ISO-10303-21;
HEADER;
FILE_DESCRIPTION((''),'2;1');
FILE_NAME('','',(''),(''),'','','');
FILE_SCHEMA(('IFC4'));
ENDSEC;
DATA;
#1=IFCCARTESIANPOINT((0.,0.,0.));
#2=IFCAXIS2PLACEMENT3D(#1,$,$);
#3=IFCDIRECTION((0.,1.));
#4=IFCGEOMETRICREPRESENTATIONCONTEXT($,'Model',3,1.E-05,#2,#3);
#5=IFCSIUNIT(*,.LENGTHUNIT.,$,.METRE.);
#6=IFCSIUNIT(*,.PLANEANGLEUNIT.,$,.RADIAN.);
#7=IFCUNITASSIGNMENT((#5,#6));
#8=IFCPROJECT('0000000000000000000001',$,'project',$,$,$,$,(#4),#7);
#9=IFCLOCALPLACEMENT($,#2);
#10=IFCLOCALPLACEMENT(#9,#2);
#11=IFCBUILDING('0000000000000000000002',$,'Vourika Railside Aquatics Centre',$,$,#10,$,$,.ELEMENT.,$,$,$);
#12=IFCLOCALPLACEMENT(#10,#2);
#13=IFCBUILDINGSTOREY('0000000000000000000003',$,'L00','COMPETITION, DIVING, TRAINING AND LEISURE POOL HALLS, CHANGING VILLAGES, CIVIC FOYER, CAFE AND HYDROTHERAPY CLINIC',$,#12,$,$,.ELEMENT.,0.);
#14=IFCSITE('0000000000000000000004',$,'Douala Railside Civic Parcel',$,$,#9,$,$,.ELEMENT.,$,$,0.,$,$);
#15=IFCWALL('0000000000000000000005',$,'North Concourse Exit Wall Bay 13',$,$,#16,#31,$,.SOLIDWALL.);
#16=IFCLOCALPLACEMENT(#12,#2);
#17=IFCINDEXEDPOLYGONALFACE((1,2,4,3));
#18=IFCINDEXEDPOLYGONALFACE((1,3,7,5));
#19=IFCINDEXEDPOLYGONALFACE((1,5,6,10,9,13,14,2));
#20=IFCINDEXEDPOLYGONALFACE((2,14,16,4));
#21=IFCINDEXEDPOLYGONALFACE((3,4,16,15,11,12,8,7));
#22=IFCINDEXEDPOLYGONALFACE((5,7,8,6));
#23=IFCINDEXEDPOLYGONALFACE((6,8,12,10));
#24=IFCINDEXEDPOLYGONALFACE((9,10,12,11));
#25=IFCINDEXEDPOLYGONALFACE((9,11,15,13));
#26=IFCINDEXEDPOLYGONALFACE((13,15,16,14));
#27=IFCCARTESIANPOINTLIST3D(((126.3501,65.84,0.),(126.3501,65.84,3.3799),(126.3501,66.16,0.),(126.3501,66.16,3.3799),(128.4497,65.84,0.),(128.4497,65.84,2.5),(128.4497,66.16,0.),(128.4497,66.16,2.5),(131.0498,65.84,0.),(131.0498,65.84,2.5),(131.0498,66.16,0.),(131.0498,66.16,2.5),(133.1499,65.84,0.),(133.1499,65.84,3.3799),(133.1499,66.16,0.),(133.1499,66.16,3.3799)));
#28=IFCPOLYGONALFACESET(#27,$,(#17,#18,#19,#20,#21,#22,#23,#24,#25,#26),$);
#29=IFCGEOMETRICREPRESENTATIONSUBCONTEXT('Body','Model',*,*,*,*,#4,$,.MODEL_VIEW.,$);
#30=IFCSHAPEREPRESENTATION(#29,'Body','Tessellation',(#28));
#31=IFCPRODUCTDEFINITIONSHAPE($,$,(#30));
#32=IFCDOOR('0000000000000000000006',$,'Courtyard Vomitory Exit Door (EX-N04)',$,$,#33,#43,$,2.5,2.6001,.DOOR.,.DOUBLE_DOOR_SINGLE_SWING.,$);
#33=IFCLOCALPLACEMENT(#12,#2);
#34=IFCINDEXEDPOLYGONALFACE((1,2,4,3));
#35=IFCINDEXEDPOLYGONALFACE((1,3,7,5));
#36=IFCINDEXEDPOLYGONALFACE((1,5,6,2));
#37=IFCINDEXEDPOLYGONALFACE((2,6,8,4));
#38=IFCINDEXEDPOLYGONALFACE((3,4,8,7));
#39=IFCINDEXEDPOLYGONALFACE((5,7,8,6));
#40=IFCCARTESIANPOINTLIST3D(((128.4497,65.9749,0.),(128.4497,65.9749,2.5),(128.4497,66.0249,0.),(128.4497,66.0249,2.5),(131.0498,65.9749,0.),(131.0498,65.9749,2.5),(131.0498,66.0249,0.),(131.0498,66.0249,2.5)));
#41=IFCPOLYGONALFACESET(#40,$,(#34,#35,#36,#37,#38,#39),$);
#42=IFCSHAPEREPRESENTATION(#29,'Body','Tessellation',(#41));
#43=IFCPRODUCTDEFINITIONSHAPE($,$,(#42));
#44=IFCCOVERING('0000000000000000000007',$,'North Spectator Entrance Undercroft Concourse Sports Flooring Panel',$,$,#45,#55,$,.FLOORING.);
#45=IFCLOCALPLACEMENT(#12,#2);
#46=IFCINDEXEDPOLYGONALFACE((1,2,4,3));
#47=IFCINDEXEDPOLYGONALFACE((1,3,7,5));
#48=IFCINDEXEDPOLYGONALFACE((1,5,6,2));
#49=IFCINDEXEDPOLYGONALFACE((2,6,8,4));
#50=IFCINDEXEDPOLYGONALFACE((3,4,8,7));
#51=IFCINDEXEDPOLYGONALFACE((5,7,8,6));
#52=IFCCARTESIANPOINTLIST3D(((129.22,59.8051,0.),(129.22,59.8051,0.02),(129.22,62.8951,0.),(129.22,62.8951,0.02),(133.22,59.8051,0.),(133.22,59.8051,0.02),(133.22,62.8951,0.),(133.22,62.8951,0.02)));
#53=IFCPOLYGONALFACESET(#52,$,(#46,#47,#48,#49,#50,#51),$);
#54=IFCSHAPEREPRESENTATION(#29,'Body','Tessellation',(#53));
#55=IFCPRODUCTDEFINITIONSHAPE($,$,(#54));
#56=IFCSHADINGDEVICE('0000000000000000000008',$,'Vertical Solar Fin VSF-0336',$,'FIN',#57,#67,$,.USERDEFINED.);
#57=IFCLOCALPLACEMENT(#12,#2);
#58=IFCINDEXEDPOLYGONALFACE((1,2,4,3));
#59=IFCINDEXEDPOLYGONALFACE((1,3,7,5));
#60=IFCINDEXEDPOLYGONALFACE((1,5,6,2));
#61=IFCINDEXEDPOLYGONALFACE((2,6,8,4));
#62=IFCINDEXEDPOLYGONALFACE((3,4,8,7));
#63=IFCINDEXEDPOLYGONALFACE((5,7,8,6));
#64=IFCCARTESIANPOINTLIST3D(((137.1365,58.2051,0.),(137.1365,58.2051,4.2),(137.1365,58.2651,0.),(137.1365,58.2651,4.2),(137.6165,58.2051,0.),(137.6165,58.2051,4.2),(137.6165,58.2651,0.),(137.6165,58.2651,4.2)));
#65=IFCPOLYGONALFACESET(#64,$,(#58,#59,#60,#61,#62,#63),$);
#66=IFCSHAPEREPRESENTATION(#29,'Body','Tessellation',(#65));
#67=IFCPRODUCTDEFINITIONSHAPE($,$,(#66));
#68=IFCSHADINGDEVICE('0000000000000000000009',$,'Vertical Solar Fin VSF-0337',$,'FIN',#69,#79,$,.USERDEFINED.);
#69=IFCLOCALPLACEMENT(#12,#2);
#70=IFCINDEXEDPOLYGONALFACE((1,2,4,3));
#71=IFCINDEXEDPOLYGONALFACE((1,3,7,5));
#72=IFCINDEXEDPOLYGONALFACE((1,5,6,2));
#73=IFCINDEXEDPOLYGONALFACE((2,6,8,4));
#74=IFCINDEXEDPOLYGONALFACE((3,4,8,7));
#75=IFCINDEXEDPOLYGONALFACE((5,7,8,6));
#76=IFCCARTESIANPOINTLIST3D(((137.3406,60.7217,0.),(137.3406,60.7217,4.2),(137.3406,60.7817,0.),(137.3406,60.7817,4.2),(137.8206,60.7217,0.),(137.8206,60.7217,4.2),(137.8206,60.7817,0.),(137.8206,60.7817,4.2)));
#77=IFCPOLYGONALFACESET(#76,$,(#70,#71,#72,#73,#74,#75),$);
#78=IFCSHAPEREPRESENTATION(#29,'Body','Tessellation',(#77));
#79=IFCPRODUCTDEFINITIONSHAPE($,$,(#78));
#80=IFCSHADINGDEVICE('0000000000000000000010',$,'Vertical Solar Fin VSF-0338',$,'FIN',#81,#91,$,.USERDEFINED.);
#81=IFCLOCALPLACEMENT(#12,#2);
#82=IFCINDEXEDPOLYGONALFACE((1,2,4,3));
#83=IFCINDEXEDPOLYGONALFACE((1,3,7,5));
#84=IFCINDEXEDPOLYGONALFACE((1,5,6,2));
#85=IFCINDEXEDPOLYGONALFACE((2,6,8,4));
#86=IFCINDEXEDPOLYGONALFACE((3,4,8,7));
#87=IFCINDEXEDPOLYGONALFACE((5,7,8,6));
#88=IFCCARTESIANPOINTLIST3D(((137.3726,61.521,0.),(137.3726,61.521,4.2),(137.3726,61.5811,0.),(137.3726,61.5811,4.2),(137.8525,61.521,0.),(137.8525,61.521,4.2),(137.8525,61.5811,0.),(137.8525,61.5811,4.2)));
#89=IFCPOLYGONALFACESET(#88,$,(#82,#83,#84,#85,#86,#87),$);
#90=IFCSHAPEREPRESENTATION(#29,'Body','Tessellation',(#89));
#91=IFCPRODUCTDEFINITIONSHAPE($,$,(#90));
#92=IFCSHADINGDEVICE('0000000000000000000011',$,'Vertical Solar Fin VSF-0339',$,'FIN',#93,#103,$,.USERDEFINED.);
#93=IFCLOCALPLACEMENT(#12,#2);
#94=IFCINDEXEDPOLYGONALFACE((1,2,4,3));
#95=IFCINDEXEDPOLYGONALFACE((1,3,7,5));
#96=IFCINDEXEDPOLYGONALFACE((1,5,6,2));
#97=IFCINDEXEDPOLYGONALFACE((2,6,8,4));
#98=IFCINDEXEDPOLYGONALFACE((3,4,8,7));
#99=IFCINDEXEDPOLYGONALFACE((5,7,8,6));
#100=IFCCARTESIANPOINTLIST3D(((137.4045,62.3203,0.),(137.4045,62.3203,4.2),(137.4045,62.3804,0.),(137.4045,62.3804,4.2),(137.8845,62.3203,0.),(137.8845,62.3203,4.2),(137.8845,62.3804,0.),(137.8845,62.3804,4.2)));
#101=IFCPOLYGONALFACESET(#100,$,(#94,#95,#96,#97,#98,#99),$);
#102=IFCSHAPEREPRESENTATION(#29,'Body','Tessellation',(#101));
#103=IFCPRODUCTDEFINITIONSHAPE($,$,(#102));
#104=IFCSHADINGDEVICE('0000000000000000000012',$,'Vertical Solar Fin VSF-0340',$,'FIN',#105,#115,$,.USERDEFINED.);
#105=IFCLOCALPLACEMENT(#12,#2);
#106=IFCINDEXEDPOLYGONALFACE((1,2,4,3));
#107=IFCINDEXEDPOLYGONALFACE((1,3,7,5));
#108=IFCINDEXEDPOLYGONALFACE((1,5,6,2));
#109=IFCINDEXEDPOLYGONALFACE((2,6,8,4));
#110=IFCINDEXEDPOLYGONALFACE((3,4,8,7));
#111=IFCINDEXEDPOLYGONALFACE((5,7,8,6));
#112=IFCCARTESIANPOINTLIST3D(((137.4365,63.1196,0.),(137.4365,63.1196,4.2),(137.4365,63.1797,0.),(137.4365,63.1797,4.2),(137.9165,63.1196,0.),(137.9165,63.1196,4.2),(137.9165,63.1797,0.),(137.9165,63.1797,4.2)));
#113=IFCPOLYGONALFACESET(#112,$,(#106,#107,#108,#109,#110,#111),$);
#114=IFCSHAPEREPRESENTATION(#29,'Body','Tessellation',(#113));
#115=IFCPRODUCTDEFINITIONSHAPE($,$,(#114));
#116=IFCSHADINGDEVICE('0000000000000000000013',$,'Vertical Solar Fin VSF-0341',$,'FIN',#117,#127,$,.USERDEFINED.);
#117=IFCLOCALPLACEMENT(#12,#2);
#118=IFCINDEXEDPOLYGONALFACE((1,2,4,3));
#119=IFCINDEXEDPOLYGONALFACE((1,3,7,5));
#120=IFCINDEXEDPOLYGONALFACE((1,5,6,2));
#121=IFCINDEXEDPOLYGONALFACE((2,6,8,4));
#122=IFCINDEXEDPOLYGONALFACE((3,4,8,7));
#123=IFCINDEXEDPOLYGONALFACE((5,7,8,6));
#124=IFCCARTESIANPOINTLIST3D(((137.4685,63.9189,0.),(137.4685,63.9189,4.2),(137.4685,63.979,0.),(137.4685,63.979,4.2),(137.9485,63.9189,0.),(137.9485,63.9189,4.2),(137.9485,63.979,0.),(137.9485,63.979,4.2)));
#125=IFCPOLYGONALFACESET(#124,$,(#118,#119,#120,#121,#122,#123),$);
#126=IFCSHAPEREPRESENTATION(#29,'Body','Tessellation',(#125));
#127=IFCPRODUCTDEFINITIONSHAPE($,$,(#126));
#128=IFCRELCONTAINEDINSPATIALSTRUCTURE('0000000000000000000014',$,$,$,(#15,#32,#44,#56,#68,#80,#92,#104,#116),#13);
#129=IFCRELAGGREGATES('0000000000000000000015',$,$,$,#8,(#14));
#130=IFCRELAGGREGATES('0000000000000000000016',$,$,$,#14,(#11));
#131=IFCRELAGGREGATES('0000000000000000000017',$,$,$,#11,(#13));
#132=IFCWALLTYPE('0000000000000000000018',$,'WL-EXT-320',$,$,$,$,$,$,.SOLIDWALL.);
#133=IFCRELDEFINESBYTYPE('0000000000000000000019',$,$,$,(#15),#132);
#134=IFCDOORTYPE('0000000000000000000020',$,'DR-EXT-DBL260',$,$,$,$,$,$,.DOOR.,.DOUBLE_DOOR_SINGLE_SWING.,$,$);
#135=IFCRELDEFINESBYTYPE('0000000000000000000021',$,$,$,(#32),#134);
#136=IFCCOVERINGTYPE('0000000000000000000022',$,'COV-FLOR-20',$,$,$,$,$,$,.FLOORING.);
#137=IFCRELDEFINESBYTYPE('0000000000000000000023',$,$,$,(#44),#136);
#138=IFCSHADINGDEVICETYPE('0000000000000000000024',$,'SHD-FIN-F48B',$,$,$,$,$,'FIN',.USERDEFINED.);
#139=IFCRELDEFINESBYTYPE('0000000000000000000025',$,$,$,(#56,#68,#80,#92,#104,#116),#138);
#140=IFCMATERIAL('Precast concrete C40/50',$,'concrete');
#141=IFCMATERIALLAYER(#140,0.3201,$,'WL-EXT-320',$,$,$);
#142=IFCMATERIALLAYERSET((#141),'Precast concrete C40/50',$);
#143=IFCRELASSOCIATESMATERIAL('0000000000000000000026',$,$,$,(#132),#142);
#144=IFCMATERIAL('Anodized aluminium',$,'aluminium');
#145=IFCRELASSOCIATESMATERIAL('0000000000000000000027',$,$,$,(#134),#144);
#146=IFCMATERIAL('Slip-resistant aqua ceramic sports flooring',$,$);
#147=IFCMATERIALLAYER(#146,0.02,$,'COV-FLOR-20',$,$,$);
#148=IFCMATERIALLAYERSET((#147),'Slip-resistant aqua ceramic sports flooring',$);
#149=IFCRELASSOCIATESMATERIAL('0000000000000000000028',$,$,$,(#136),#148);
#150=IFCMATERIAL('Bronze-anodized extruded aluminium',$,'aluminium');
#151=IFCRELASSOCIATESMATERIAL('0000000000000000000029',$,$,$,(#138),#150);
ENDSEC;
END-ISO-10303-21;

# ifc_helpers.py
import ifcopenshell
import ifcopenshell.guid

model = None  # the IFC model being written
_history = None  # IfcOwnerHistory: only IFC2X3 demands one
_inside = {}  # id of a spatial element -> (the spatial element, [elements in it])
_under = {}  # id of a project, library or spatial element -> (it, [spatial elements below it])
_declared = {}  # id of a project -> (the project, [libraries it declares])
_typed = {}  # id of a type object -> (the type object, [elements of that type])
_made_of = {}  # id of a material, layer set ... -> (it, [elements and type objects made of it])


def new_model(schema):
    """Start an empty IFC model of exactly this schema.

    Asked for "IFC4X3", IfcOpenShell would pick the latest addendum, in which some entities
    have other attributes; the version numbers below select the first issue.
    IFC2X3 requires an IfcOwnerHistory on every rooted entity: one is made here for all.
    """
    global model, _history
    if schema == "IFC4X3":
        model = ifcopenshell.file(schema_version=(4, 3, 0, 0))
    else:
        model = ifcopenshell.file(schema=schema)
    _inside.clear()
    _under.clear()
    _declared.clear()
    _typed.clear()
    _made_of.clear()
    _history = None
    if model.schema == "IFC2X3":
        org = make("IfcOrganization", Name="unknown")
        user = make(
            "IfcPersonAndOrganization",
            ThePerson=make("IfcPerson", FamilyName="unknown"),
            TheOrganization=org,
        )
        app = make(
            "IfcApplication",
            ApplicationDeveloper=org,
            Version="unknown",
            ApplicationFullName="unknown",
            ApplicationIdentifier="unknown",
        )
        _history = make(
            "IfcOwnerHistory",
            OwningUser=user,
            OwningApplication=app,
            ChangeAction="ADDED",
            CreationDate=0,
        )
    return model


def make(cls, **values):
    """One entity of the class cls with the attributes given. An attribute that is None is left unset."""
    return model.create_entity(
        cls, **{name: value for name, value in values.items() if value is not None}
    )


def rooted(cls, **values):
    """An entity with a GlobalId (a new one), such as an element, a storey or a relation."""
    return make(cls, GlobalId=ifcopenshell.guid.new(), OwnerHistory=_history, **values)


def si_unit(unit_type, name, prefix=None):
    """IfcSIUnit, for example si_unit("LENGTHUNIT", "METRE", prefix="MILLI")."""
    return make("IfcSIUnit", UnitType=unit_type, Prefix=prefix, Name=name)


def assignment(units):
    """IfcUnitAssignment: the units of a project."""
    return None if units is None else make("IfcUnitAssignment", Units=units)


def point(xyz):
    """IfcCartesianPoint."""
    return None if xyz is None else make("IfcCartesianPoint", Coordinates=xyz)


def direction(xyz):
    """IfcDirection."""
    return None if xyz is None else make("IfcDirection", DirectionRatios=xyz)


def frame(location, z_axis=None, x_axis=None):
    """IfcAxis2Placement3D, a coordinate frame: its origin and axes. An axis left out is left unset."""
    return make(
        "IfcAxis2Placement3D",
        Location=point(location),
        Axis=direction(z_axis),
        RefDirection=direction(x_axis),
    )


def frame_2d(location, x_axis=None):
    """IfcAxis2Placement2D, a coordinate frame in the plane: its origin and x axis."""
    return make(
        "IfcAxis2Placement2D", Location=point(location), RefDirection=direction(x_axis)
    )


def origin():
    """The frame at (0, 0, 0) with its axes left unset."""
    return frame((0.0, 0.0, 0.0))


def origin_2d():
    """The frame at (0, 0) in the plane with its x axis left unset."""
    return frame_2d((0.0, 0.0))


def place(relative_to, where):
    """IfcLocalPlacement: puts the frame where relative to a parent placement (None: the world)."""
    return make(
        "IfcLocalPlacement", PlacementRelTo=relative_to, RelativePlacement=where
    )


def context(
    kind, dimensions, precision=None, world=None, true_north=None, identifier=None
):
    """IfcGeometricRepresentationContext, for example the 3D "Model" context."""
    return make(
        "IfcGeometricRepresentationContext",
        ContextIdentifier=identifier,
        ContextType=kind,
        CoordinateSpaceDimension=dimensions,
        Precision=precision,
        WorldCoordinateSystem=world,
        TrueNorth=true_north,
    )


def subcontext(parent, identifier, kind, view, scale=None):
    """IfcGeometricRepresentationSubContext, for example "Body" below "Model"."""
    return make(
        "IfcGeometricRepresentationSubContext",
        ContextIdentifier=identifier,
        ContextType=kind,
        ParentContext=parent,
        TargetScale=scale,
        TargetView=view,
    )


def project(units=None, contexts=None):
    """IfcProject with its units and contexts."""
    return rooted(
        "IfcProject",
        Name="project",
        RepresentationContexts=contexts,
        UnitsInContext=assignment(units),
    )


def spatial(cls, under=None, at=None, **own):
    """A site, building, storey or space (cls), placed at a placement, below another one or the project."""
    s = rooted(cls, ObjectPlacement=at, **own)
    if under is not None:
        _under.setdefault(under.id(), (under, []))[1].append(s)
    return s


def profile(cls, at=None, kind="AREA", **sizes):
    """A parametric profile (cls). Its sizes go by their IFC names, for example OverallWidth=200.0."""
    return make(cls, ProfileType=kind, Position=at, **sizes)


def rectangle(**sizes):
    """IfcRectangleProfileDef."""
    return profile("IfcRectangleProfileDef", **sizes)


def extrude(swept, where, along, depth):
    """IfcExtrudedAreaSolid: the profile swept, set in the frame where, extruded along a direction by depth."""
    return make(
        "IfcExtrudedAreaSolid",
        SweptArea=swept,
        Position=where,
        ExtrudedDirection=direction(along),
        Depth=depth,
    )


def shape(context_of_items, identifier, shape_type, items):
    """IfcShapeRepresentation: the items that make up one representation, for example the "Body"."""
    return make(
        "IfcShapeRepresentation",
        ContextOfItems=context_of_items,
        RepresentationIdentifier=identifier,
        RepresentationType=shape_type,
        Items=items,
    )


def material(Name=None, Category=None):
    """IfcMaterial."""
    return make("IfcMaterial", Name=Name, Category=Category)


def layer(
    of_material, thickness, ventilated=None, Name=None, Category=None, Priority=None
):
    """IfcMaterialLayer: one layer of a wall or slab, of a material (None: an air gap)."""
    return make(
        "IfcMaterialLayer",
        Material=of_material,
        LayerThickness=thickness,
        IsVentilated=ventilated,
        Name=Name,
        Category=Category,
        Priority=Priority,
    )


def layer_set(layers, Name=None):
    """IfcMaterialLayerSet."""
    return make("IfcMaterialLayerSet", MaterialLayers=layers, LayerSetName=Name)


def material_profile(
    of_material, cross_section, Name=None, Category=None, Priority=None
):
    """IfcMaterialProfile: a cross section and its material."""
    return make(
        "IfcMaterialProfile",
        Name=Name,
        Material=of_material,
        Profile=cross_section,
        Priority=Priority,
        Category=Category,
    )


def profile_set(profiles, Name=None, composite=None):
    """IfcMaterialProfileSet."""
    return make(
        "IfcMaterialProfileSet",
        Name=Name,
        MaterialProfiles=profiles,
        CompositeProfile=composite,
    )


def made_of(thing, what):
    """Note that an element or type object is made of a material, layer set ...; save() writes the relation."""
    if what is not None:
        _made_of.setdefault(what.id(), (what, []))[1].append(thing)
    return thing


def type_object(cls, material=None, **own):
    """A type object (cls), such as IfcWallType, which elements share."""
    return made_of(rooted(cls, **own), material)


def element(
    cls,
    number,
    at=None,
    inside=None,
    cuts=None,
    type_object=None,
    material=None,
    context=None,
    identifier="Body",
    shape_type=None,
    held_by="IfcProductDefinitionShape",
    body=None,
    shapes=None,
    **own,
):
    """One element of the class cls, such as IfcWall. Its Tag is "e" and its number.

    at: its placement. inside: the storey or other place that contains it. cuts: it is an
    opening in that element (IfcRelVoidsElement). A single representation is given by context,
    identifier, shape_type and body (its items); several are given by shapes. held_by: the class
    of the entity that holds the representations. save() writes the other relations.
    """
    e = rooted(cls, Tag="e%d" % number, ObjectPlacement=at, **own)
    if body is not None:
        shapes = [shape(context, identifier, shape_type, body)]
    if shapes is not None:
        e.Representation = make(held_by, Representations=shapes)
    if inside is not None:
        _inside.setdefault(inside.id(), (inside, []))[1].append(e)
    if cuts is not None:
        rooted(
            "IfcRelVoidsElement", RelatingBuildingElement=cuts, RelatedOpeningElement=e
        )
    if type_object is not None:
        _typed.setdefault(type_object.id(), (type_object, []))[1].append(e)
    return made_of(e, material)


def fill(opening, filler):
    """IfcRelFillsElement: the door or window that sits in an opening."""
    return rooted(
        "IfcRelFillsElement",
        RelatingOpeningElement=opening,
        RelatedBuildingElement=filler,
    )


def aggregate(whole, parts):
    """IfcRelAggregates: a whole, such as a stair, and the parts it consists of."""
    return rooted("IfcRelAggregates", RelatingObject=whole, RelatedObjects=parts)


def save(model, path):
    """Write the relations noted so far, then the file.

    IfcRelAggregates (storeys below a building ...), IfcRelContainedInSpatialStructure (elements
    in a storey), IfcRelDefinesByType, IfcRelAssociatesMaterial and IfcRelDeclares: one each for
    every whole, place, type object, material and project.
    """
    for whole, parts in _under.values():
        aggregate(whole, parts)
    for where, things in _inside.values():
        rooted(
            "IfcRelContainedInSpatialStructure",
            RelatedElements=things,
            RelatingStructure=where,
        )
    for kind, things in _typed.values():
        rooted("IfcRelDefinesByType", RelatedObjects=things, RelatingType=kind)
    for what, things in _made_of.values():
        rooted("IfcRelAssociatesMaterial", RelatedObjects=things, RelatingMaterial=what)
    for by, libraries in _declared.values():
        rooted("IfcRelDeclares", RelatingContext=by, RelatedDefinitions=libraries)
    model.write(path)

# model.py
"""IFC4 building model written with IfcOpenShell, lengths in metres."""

from ifc_helpers import new_model, si_unit, direction, frame, frame_2d, origin, origin_2d, place, context, subcontext, project, spatial, rectangle, extrude, material, layer, layer_set, material_profile, profile_set, type_object, element, fill, save


model = new_model("IFC4")

# Units and contexts
model_context = context("Model", 3, precision=1e-05, world=origin(), true_north=direction((0.0, 1.0)))
body_context = subcontext(model_context, "Body", "Model", "MODEL_VIEW")
ifc_project = project(units=[si_unit("LENGTHUNIT", "METRE"), si_unit("PLANEANGLEUNIT", "RADIAN")], contexts=[model_context])

# Site, building, storey
site_placement = place(None, origin())
site = spatial("IfcSite", under=ifc_project, at=site_placement, Name="Douala Railside Civic Parcel", CompositionType="ELEMENT", RefElevation=0.0)
building_placement = place(site_placement, origin())
building = spatial("IfcBuilding", under=site, at=building_placement, Name="Vourika Railside Aquatics Centre", CompositionType="ELEMENT")
storey_placement = place(building_placement, origin())
storey = spatial("IfcBuildingStorey", under=building, at=storey_placement, Name="L00", Description="COMPETITION, DIVING, TRAINING AND LEISURE POOL HALLS, CHANGING VILLAGES, CIVIC FOYER, CAFE AND HYDROTHERAPY CLINIC", CompositionType="ELEMENT", Elevation=0.0)

# Wall, opening, door
ifc_material_1 = material(Name="Precast concrete C40/50", Category="concrete")
ifc_layer_1 = layer(ifc_material_1, 0.3201, Name="WL-EXT-320")
ifc_layer_set_1 = layer_set([ifc_layer_1], Name="Precast concrete C40/50")
wall_type = type_object("IfcWallType", Name="WL-EXT-320", PredefinedType="SOLIDWALL", material=ifc_layer_set_1)
wall_placement = place(storey_placement, frame((133.1499, 66.0, 0.0), z_axis=(0.0, 0.0, 1.0), x_axis=(-1.0, 0.0, 0.0)))
wall = element("IfcWall", 1, at=wall_placement, inside=storey, type_object=wall_type, Name="North Concourse Exit Wall Bay 13", PredefinedType="SOLIDWALL", context=body_context, shape_type="SweptSolid", body=[
    extrude(rectangle(XDim=6.7998, YDim=0.3201, at=frame_2d((3.3999, 0.0))), origin(), (0.0, 0.0, 1.0), 3.3799),
])
opening_placement = place(wall_placement, frame((2.1001, 0.0, 0.0)))
opening = element("IfcOpeningElement", 2, at=opening_placement, cuts=wall, PredefinedType="OPENING", context=body_context, shape_type="SweptSolid", body=[
    extrude(rectangle(XDim=2.6001, YDim=2.5, at=frame_2d((1.3, 1.25))), frame((0.0, 0.1699, 0.0), z_axis=(0.0, -1.0, 0.0), x_axis=(1.0, 0.0, 0.0)), (0.0, 0.0, 1.0), 0.3401),
])
ifc_material_2 = material(Name="Anodized aluminium", Category="aluminium")
door_type = type_object("IfcDoorType", Name="DR-EXT-DBL260", OperationType="DOUBLE_DOOR_SINGLE_SWING", PredefinedType="DOOR", material=ifc_material_2)
door_placement = place(opening_placement, frame((2.6001, 0.0, 0.0), z_axis=(0.0, 0.0, 1.0), x_axis=(-1.0, 0.0, 0.0)))
door = element("IfcDoor", 3, at=door_placement, inside=storey, type_object=door_type, Name="Courtyard Vomitory Exit Door (EX-N04)", OperationType="DOUBLE_DOOR_SINGLE_SWING", OverallHeight=2.5, OverallWidth=2.6001, PredefinedType="DOOR", context=body_context, shape_type="SweptSolid", body=[
    extrude(rectangle(XDim=2.6001, YDim=2.5, at=frame_2d((1.3, 1.25))), frame((0.0, 0.0249, 0.0), z_axis=(0.0, -1.0, 0.0), x_axis=(1.0, 0.0, 0.0)), (0.0, 0.0, 1.0), 0.05),
])
fill(opening, door)

# Covering
ifc_material_3 = material(Name="Slip-resistant aqua ceramic sports flooring")
ifc_layer_2 = layer(ifc_material_3, 0.02, Name="COV-FLOR-20")
ifc_layer_set_2 = layer_set([ifc_layer_2], Name="Slip-resistant aqua ceramic sports flooring")
covering_type = type_object("IfcCoveringType", Name="COV-FLOR-20", PredefinedType="FLOORING", material=ifc_layer_set_2)
covering_placement = place(storey_placement, frame((131.22, 61.3501, 0.0), z_axis=(0.0, 0.0, 1.0), x_axis=(1.0, 0.0, 0.0)))
element("IfcCovering", 4, at=covering_placement, inside=storey, type_object=covering_type, Name="North Spectator Entrance Undercroft Concourse Sports Flooring Panel", PredefinedType="FLOORING", context=body_context, shape_type="SweptSolid", body=[
    extrude(rectangle(XDim=4.0, YDim=3.0901, at=origin_2d()), origin(), (0.0, 0.0, 1.0), 0.02),
])

# Shading devices
ifc_material_4 = material(Name="Bronze-anodized extruded aluminium", Category="aluminium")
ifc_material_profile_1 = material_profile(ifc_material_4, rectangle(XDim=0.0601, YDim=0.48, at=origin_2d()), Name="ALU-FIN 60x480")
ifc_profile_set_1 = profile_set([ifc_material_profile_1], Name="Bronze-anodized extruded aluminium")
shading_device_type = type_object("IfcShadingDeviceType", Name="SHD-FIN-F48B", ElementType="FIN", PredefinedType="USERDEFINED", material=ifc_profile_set_1)
for number, where, z_axis, x_axis, name in (
    (5, (137.3765, 58.2351, 0.0), (0.0, 0.0, 1.0), (0.0, 1.0, 0.0), "Vertical Solar Fin VSF-0336"),
    (6, (137.5806, 60.7517, 0.0), (0.0, 0.0, 1.0), (0.0, 1.0, 0.0), "Vertical Solar Fin VSF-0337"),
    (7, (137.6125, 61.551, 0.0), (0.0, 0.0, 1.0), (0.0, 1.0, 0.0), "Vertical Solar Fin VSF-0338"),
    (8, (137.6445, 62.3503, 0.0), (0.0, 0.0, 1.0), (0.0, 1.0, 0.0), "Vertical Solar Fin VSF-0339"),
    (9, (137.6765, 63.1497, 0.0), (0.0, 0.0, 1.0), (0.0, 1.0, 0.0), "Vertical Solar Fin VSF-0340"),
    (10, (137.7085, 63.949, 0.0), (0.0, 0.0, 1.0), (0.0, 1.0, 0.0), "Vertical Solar Fin VSF-0341"),
):
    element("IfcShadingDevice", number, at=place(storey_placement, frame(where, z_axis=z_axis, x_axis=x_axis)), inside=storey, type_object=shading_device_type, Name=name, ObjectType="FIN", PredefinedType="USERDEFINED", context=body_context, shape_type="SweptSolid", body=[
        extrude(rectangle(XDim=0.0601, YDim=0.48, at=origin_2d()), origin(), (0.0, 0.0, 1.0), 4.2),
    ])

save(model, "model.ifc")
